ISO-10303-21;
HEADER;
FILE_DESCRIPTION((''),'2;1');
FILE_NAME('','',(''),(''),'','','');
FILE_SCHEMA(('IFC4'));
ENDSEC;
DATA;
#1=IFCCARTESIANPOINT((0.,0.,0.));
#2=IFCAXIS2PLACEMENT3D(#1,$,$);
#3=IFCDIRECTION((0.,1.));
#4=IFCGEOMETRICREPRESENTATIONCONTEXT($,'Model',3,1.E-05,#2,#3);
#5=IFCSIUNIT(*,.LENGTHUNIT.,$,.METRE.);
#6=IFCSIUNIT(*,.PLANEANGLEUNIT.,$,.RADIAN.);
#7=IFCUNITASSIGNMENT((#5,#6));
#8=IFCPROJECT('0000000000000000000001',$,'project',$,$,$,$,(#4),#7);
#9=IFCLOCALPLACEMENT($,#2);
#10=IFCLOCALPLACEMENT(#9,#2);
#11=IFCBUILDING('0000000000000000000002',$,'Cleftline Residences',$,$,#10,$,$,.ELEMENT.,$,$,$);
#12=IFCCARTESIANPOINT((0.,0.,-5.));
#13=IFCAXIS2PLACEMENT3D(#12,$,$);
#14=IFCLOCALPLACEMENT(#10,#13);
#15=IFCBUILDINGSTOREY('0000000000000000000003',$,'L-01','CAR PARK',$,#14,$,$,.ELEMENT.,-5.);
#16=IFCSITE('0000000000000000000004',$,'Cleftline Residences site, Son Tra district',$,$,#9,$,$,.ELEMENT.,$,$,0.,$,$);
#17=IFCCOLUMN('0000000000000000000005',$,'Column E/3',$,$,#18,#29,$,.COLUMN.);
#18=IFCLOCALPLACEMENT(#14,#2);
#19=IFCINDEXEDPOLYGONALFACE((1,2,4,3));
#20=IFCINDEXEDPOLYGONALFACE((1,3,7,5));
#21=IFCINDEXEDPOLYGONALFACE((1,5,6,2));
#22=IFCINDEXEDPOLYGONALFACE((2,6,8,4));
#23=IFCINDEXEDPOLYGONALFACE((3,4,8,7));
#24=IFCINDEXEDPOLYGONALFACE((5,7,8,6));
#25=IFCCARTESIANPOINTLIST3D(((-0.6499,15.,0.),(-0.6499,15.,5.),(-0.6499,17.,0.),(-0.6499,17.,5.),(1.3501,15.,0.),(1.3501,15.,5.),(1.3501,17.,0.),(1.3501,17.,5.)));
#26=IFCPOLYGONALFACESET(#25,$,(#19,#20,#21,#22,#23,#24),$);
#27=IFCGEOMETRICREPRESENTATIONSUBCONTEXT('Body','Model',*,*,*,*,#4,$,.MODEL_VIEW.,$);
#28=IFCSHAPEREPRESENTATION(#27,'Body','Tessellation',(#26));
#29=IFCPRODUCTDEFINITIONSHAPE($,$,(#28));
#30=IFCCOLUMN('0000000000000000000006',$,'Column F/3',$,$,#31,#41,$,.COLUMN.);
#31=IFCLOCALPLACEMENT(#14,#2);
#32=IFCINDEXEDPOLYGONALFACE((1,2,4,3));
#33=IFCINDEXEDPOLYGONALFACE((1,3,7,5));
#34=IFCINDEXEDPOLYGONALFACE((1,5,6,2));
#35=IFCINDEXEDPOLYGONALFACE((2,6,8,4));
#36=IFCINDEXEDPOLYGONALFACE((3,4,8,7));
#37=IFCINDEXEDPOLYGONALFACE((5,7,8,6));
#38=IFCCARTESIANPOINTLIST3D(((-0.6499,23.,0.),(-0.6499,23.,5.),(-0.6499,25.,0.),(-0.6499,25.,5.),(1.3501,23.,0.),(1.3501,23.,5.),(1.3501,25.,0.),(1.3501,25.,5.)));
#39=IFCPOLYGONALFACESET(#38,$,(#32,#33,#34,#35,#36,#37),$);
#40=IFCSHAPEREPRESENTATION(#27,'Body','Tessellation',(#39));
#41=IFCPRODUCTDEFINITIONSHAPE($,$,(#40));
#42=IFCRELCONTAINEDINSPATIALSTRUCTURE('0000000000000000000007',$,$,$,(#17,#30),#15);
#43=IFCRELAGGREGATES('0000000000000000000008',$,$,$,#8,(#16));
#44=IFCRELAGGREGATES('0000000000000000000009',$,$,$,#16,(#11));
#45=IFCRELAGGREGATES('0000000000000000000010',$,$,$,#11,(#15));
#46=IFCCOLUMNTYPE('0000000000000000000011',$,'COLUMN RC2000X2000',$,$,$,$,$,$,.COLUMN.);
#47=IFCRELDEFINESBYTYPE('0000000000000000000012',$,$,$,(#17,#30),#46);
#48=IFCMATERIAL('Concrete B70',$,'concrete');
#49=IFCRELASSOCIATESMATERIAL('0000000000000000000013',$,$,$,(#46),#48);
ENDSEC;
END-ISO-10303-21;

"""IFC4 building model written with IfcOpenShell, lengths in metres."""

from ifc_helpers import new_model, si_unit, direction, frame, origin, origin_2d, place, context, subcontext, project, spatial, rectangle, extrude, material, material_profile, profile_set, type_object, element, save


model = new_model("IFC4")

# Units and contexts
model_context = context("Model", 3, precision=1e-05, world=origin(), true_north=direction((0.0, 1.0)))
body_context = subcontext(model_context, "Body", "Model", "MODEL_VIEW")
ifc_project = project(units=[si_unit("LENGTHUNIT", "METRE"), si_unit("PLANEANGLEUNIT", "RADIAN")], contexts=[model_context])

# Site, building, storey
site_placement = place(None, origin())
site = spatial("IfcSite", under=ifc_project, at=site_placement, Name="Cleftline Residences site, Son Tra district", CompositionType="ELEMENT", RefElevation=0.0)
building_placement = place(site_placement, origin())
building = spatial("IfcBuilding", under=site, at=building_placement, Name="Cleftline Residences", CompositionType="ELEMENT")
storey_placement = place(building_placement, frame((0.0, 0.0, -5.0)))
storey = spatial("IfcBuildingStorey", under=building, at=storey_placement, Name="L-01", Description="CAR PARK", CompositionType="ELEMENT", Elevation=-5.0)

# Columns
ifc_material_1 = material(Name="Concrete B70", Category="concrete")
ifc_material_profile_1 = material_profile(ifc_material_1, rectangle(XDim=2.0, YDim=2.0, at=origin_2d()))
ifc_profile_set_1 = profile_set([ifc_material_profile_1], Name="Concrete B70")
column_type_1 = type_object("IfcColumnType", Name="COLUMN RC2000X2000", PredefinedType="COLUMN", material=ifc_profile_set_1)
for number, where, z_axis, x_axis, name in (
    (1, (0.3501, 16.0, 0.0), (0.0, 0.0, 1.0), (1.0, 0.0, 0.0), "Column E/3"),
    (2, (0.3501, 24.0, 0.0), (0.0, 0.0, 1.0), (1.0, 0.0, 0.0), "Column F/3"),
):
    element("IfcColumn", number, at=place(storey_placement, frame(where, z_axis=z_axis, x_axis=x_axis)), inside=storey, type_object=column_type_1, Name=name, PredefinedType="COLUMN", context=body_context, shape_type="SweptSolid", body=[
        extrude(rectangle(XDim=2.0, YDim=2.0, at=origin_2d()), origin(), (0.0, 0.0, 1.0), 5.0),
    ])

save(model, "model.ifc")
